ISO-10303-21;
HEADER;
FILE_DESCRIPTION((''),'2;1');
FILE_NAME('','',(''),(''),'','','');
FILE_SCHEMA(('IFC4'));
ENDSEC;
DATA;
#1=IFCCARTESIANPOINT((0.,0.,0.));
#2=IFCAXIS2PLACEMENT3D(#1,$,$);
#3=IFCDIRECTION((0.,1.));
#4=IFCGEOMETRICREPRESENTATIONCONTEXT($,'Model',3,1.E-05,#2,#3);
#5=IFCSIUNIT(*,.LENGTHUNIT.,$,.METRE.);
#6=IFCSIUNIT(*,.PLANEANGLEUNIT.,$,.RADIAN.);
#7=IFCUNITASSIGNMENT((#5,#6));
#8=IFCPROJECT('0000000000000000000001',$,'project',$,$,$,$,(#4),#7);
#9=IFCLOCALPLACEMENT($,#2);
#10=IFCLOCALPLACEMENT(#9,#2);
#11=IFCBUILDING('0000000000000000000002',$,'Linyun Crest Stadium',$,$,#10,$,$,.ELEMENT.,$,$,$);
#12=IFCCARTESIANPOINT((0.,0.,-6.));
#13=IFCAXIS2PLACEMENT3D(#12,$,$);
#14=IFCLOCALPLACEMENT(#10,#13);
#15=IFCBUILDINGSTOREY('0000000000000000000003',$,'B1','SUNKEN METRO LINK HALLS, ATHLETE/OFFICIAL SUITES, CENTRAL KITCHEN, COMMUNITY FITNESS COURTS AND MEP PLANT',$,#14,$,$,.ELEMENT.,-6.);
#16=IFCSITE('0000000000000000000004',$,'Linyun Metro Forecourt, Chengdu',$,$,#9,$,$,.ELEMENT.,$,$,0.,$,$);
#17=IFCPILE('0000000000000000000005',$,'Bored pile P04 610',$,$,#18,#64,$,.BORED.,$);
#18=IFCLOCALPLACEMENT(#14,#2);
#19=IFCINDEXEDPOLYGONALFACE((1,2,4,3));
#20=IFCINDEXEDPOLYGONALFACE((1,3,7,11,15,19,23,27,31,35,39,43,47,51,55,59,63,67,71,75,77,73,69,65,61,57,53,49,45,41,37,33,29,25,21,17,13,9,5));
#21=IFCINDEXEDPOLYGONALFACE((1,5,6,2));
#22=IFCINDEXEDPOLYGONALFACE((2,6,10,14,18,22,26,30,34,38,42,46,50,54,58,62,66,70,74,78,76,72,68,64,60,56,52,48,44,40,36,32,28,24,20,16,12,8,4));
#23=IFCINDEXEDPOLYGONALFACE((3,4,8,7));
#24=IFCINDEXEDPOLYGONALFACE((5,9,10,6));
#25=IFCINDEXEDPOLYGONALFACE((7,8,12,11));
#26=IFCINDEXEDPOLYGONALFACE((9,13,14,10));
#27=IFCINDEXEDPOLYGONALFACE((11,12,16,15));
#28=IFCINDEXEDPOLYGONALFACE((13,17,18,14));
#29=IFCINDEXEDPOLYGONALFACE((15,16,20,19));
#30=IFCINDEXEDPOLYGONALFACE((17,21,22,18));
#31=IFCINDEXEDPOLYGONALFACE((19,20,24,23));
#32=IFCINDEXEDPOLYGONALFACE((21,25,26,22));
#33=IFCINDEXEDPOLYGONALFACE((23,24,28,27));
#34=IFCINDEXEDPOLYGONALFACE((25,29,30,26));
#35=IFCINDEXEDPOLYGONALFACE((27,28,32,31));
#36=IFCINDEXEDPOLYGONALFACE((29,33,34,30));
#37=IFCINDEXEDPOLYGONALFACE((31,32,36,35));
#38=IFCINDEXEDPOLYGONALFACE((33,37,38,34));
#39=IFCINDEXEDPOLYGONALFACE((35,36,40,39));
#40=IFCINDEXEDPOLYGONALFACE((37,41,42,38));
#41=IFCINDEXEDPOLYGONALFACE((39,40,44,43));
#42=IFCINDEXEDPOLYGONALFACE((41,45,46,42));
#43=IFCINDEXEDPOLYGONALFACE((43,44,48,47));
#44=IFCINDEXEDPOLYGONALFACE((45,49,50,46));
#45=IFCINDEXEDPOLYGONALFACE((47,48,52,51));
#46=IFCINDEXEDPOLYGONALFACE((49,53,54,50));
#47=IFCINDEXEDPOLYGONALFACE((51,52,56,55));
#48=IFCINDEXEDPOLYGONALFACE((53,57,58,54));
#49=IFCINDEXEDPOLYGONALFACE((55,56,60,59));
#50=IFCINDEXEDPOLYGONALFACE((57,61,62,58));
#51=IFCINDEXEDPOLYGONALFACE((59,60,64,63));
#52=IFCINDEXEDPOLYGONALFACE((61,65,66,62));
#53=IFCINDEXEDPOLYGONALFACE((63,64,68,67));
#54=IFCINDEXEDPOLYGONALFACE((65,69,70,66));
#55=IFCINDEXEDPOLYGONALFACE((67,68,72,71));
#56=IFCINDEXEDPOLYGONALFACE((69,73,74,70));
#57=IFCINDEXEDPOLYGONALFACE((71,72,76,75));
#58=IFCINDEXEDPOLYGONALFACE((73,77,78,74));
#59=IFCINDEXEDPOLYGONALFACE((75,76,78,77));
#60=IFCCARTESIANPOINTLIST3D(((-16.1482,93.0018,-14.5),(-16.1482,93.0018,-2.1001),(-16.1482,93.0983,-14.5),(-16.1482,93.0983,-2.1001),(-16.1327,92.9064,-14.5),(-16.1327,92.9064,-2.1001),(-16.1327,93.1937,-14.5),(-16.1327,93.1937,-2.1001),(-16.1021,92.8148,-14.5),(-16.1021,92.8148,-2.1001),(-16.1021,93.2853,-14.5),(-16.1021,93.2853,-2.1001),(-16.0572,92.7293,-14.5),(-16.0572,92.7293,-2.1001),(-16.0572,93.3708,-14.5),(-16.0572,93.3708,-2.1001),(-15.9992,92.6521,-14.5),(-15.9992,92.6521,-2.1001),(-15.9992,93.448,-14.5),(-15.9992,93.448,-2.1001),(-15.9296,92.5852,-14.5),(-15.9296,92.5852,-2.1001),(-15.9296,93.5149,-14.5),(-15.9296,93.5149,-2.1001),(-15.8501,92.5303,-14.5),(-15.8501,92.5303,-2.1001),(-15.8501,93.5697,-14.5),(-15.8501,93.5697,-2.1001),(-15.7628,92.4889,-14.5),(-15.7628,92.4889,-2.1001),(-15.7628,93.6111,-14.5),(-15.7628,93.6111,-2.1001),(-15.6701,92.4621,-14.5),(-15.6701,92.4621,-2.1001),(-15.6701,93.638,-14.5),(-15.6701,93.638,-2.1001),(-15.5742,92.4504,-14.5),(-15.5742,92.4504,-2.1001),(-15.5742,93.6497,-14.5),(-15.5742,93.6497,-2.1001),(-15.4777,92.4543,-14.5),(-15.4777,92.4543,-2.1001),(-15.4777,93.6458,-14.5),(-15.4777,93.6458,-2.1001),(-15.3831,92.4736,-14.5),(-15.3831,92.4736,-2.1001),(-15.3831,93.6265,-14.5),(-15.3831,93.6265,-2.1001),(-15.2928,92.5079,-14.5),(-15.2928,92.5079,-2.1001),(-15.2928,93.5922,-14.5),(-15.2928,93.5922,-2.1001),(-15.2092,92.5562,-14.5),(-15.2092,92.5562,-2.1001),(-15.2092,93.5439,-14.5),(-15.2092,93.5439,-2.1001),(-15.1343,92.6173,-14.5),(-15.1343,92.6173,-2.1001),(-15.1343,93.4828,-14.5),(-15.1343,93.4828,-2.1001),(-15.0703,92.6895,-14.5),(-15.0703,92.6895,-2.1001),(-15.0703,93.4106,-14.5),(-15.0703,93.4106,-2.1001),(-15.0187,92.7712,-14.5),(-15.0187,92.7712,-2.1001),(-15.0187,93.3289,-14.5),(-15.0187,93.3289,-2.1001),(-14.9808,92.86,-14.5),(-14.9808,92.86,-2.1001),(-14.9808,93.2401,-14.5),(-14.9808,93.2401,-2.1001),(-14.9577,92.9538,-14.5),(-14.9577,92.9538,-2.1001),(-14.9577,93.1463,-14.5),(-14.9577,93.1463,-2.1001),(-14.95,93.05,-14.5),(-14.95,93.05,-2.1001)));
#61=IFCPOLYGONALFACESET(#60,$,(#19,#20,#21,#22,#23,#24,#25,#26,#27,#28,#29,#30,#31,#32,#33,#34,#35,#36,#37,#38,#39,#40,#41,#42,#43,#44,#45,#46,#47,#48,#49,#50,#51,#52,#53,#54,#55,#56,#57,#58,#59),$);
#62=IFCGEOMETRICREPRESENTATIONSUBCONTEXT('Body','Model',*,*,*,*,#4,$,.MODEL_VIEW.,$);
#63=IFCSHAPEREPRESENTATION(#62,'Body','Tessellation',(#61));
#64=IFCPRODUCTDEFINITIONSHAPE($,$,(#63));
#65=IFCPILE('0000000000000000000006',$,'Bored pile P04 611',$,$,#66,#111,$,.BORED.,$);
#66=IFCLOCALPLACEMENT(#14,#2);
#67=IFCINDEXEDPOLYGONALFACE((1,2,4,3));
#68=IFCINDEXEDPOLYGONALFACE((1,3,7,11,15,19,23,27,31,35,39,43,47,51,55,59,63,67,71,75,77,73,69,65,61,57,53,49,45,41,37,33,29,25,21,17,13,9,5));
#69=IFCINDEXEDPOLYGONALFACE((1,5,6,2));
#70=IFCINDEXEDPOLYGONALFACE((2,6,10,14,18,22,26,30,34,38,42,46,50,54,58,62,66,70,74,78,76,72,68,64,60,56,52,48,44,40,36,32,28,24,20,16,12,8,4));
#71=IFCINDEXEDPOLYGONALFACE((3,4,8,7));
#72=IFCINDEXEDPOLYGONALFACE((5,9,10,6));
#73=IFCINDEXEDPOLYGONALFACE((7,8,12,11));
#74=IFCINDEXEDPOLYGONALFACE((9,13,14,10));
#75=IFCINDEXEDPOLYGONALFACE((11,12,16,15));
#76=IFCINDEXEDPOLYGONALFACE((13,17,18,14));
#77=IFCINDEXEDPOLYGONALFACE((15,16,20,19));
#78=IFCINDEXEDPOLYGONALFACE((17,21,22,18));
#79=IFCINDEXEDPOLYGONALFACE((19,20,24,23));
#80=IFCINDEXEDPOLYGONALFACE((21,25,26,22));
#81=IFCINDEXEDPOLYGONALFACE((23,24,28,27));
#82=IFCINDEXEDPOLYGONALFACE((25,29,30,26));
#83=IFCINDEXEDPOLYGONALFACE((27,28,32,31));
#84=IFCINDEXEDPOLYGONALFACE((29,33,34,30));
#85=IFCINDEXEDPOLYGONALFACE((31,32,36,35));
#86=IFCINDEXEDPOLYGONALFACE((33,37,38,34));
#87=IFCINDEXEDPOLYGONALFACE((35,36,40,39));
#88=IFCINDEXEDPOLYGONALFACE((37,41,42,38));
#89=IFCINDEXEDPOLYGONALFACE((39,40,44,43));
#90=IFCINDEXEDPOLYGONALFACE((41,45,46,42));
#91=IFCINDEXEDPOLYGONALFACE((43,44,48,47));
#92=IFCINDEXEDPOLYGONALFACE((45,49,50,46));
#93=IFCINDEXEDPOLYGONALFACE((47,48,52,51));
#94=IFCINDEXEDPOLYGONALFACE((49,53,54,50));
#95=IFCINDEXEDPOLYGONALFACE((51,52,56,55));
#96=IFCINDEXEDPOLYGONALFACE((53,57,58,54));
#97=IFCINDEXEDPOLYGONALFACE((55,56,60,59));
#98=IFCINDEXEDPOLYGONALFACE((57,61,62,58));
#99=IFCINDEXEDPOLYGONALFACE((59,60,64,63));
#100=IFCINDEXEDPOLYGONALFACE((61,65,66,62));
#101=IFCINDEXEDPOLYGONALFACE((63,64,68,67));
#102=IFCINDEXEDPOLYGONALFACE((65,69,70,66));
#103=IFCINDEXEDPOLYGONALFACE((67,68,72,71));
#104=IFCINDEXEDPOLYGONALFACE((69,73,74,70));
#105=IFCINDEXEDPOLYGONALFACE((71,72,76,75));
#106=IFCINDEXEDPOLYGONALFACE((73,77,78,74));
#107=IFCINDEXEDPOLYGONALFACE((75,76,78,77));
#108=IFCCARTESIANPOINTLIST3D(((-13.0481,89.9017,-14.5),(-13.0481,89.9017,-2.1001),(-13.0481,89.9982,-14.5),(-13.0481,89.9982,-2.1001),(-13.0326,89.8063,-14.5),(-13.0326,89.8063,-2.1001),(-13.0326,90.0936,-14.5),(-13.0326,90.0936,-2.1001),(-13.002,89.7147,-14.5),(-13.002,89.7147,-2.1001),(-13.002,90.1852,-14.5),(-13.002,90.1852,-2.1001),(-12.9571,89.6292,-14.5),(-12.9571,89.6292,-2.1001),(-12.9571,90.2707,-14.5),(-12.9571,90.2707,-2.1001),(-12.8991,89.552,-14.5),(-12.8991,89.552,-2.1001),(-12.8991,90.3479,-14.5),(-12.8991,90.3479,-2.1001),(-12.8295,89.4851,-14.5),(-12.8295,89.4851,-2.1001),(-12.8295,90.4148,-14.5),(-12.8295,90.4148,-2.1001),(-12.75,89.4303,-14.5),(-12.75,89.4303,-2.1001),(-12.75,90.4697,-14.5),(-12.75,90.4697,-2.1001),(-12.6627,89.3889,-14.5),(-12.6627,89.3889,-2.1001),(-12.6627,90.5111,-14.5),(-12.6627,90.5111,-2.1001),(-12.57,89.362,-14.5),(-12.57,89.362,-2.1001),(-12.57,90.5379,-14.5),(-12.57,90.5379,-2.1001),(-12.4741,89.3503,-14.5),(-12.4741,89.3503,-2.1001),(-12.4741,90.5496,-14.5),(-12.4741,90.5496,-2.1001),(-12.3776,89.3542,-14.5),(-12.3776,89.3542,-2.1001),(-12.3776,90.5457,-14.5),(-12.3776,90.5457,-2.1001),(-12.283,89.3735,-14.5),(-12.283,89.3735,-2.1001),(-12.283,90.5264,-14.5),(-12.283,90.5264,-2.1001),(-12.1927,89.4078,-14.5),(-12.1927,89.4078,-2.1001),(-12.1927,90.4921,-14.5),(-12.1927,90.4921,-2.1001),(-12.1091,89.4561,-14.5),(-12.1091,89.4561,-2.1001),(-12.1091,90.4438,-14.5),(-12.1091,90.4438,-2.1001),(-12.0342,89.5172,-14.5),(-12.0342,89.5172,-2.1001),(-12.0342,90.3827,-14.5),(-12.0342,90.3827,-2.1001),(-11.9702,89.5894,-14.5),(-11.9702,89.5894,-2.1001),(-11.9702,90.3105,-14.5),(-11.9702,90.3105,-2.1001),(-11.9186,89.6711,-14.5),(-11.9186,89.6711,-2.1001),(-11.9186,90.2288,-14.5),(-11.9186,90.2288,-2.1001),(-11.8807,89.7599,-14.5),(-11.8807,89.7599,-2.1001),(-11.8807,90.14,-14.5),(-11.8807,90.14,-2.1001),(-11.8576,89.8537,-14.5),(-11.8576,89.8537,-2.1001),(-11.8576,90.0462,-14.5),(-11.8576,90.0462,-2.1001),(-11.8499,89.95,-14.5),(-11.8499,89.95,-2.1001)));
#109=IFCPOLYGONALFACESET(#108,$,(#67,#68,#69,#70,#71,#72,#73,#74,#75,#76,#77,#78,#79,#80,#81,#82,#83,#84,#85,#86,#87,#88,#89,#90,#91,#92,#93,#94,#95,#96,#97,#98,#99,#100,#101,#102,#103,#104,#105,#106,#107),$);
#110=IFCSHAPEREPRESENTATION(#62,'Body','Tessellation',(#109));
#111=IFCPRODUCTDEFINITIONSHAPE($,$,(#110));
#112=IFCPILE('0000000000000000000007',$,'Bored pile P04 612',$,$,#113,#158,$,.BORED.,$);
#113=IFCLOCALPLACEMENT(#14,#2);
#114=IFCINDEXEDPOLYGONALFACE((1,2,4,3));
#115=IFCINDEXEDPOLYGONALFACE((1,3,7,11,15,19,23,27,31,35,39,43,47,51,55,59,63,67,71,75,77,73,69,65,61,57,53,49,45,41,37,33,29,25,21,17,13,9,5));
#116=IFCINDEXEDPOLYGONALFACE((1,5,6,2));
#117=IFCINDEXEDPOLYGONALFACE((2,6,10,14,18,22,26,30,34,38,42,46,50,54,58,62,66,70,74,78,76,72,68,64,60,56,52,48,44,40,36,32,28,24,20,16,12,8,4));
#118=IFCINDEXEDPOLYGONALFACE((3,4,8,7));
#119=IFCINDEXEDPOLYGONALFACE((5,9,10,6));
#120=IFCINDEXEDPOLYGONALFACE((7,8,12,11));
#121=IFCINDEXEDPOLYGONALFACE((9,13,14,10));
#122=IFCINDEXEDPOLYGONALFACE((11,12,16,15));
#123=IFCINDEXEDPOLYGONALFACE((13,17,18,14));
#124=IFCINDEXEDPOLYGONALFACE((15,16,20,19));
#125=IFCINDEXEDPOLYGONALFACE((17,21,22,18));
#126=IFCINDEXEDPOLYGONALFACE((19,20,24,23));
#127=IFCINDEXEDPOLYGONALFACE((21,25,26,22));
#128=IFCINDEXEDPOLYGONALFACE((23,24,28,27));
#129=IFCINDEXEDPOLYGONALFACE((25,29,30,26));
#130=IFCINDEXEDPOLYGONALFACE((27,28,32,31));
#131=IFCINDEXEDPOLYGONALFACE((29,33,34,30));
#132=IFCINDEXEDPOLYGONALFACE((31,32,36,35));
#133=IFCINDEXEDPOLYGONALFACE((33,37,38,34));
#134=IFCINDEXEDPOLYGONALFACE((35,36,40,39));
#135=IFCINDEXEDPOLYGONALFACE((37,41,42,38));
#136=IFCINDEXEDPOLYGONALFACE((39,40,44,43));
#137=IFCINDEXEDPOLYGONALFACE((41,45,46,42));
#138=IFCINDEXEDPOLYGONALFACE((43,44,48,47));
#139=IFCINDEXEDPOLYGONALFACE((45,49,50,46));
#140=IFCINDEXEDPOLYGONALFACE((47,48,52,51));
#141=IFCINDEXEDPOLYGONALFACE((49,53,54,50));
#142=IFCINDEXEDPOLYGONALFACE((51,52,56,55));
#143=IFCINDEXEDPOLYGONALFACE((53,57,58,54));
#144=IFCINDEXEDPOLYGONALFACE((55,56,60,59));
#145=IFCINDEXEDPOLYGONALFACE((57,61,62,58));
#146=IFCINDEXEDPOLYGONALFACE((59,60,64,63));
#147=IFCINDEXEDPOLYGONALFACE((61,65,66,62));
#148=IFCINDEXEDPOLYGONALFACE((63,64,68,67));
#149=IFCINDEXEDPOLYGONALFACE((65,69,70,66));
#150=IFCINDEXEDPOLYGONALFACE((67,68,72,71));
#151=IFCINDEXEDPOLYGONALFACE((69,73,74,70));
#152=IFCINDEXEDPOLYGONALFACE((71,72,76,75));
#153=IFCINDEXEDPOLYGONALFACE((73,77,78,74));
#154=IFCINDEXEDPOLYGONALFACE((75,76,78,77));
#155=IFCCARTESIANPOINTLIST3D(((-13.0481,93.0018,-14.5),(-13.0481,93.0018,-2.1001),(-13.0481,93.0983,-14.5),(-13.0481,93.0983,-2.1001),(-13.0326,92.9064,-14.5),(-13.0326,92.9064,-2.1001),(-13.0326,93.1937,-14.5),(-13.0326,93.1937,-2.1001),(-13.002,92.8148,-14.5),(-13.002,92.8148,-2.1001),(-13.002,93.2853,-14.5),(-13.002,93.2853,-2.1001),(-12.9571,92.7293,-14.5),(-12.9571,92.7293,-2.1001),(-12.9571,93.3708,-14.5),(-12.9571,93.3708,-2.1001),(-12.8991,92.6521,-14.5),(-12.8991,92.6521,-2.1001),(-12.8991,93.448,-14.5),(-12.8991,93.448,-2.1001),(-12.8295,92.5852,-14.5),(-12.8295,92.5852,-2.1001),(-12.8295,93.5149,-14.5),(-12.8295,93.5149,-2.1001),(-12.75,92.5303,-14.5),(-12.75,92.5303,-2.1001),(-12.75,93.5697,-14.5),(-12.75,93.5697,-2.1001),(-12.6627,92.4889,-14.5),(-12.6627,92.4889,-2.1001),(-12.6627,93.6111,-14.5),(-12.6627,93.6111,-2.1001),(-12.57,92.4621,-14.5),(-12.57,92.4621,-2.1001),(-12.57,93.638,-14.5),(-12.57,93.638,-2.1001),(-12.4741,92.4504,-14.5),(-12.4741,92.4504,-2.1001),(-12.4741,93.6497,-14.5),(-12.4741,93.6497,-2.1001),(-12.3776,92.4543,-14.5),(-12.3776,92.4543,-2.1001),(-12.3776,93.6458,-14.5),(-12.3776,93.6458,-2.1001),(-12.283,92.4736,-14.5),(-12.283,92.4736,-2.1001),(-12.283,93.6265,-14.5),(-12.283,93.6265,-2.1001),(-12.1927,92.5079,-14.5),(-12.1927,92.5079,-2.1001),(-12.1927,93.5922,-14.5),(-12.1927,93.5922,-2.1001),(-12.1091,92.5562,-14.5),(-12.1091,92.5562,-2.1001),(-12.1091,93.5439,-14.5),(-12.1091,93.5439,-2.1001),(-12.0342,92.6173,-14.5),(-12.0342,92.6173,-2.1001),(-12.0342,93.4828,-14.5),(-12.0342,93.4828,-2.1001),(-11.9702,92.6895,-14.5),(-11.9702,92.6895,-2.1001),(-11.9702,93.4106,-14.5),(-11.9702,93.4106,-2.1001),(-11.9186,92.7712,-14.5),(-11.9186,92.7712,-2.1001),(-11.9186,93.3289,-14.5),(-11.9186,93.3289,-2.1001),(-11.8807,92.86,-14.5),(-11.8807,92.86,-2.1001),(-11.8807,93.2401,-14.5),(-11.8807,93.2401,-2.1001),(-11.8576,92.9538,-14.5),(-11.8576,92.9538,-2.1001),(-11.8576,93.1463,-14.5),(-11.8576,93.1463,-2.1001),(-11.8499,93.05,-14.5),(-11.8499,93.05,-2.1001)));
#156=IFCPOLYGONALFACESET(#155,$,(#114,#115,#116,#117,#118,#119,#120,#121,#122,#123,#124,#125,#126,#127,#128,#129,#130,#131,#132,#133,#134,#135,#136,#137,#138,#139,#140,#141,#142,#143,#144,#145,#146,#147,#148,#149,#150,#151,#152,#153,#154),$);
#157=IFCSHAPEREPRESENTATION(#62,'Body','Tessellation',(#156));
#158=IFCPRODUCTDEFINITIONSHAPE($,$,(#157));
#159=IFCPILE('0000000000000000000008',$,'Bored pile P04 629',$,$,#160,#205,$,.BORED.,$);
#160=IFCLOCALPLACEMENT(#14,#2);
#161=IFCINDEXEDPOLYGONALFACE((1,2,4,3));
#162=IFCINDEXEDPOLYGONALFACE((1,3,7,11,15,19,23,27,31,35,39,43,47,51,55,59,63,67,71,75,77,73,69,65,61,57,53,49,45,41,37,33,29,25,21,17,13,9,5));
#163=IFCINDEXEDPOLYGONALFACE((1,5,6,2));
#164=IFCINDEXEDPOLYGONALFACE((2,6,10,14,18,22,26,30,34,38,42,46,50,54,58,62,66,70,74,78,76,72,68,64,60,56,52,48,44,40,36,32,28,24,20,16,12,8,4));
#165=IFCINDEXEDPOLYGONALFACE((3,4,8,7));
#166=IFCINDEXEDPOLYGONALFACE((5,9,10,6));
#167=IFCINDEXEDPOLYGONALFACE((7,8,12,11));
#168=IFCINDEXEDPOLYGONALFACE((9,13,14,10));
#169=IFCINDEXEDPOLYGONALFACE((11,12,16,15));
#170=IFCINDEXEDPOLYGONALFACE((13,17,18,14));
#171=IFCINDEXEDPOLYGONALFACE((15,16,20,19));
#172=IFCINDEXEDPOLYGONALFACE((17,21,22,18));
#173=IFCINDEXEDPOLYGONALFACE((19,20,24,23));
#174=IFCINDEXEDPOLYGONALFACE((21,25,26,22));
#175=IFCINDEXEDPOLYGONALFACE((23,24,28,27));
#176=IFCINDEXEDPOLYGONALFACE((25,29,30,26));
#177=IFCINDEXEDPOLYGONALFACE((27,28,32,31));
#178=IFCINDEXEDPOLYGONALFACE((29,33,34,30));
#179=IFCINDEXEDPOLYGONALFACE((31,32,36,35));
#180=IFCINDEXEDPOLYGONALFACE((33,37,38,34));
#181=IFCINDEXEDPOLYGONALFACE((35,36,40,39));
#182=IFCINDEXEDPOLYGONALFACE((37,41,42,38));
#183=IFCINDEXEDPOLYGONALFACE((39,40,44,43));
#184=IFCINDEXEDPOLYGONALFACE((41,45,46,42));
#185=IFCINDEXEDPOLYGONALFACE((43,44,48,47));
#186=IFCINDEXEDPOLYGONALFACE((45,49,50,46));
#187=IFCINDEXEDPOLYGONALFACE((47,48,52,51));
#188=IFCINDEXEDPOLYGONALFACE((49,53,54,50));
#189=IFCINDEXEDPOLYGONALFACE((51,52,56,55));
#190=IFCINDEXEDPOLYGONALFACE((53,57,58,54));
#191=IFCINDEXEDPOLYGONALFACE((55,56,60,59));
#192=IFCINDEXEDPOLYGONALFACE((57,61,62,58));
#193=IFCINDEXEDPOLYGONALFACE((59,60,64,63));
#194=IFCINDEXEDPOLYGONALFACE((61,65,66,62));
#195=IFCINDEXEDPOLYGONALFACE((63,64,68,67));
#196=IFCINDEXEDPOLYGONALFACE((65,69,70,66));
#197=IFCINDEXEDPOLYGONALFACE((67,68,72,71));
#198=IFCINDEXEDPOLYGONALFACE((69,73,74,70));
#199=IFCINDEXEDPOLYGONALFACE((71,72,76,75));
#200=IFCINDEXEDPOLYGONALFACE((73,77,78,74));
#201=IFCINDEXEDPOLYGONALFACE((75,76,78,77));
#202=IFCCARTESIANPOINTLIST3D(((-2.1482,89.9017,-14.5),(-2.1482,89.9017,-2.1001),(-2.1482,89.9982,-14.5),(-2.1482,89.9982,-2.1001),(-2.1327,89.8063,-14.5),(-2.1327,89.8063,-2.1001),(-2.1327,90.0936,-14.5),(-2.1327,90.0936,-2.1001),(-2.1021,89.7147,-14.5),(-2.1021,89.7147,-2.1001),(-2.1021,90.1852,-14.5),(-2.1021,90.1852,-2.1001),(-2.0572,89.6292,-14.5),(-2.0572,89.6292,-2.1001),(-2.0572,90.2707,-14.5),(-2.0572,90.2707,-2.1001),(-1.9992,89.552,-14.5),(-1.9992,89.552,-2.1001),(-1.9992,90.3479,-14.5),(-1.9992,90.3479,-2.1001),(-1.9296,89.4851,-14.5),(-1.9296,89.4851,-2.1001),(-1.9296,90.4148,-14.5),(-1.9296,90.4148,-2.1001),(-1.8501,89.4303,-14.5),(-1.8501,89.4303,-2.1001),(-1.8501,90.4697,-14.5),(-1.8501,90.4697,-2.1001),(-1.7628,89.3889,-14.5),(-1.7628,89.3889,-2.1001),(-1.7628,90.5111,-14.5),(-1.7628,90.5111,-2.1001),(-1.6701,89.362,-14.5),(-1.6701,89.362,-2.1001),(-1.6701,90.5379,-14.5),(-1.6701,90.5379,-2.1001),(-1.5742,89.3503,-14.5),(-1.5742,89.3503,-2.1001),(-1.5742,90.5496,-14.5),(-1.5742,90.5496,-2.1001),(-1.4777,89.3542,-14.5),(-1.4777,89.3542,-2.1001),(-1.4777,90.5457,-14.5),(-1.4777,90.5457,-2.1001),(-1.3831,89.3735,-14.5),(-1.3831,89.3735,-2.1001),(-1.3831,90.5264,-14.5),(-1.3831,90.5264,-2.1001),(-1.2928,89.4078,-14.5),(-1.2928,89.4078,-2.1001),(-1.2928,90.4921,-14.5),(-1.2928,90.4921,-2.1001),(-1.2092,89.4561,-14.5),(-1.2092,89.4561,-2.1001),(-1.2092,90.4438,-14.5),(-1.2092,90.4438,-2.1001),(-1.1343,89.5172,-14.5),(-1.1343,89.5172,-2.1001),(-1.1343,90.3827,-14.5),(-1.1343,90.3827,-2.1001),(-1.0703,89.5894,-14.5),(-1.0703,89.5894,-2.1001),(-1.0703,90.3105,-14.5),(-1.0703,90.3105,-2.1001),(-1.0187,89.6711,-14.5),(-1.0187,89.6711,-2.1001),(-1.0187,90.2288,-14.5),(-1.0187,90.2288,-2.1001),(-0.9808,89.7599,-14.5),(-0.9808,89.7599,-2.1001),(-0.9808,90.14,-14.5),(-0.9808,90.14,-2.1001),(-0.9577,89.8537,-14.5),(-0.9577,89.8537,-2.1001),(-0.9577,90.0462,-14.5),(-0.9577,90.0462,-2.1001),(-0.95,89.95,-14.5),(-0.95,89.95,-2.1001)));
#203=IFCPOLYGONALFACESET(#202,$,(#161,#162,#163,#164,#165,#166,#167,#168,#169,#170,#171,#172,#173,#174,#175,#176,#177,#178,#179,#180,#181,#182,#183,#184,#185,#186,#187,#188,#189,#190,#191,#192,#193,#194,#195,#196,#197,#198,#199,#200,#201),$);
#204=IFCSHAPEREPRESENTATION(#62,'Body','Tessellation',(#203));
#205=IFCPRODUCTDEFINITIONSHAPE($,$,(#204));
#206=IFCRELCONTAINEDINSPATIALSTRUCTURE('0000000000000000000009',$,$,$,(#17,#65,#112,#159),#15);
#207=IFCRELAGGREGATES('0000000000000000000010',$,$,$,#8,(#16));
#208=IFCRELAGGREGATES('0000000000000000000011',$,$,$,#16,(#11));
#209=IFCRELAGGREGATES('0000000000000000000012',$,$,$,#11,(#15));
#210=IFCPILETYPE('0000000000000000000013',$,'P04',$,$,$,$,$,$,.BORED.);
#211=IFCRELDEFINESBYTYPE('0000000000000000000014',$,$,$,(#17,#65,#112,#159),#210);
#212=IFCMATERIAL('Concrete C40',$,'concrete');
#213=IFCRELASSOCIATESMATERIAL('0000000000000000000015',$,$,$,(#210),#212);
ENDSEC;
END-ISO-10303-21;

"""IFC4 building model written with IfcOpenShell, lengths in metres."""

from ifc_helpers import new_model, si_unit, direction, frame, origin, origin_2d, place, context, subcontext, project, spatial, circle, extrude, material, material_profile, profile_set, type_object, element, save


model = new_model("IFC4")

# Units and contexts
model_context = context("Model", 3, precision=1e-05, world=origin(), true_north=direction((0.0, 1.0)))
body_context = subcontext(model_context, "Body", "Model", "MODEL_VIEW")
ifc_project = project(units=[si_unit("LENGTHUNIT", "METRE"), si_unit("PLANEANGLEUNIT", "RADIAN")], contexts=[model_context])

# Site, building, storey
site_placement = place(None, origin())
site = spatial("IfcSite", under=ifc_project, at=site_placement, Name="Linyun Metro Forecourt, Chengdu", CompositionType="ELEMENT", RefElevation=0.0)
building_placement = place(site_placement, origin())
building = spatial("IfcBuilding", under=site, at=building_placement, Name="Linyun Crest Stadium", CompositionType="ELEMENT")
storey_placement = place(building_placement, frame((0.0, 0.0, -6.0)))
storey = spatial("IfcBuildingStorey", under=building, at=storey_placement, Name="B1", Description="SUNKEN METRO LINK HALLS, ATHLETE/OFFICIAL SUITES, CENTRAL KITCHEN, COMMUNITY FITNESS COURTS AND MEP PLANT", CompositionType="ELEMENT", Elevation=-6.0)

# Piles
ifc_material_1 = material(Name="Concrete C40", Category="concrete")
ifc_material_profile_1 = material_profile(ifc_material_1, circle(Radius=0.6001, at=origin_2d()), Name="BORED PILE 1200")
ifc_profile_set_1 = profile_set([ifc_material_profile_1], Name="Concrete C40")
pile_type_1 = type_object("IfcPileType", Name="P04", PredefinedType="BORED", material=ifc_profile_set_1)
for number, where, z_axis, x_axis, name in (
    (1, (-15.55, 93.05, -2.1001), (0.0, 0.0, -1.0), (1.0, 0.0, 0.0), "Bored pile P04 610"),
    (2, (-12.45, 89.95, -2.1001), (0.0, 0.0, -1.0), (1.0, 0.0, 0.0), "Bored pile P04 611"),
    (3, (-12.45, 93.05, -2.1001), (0.0, 0.0, -1.0), (1.0, 0.0, 0.0), "Bored pile P04 612"),
    (4, (-1.55, 89.95, -2.1001), (0.0, 0.0, -1.0), (1.0, 0.0, 0.0), "Bored pile P04 629"),
):
    element("IfcPile", number, at=place(storey_placement, frame(where, z_axis=z_axis, x_axis=x_axis)), inside=storey, type_object=pile_type_1, Name=name, PredefinedType="BORED", context=body_context, shape_type="SweptSolid", body=[
        extrude(circle(Radius=0.6001, at=origin_2d()), origin(), (0.0, 0.0, 1.0), 12.3999),
    ])

save(model, "model.ifc")
